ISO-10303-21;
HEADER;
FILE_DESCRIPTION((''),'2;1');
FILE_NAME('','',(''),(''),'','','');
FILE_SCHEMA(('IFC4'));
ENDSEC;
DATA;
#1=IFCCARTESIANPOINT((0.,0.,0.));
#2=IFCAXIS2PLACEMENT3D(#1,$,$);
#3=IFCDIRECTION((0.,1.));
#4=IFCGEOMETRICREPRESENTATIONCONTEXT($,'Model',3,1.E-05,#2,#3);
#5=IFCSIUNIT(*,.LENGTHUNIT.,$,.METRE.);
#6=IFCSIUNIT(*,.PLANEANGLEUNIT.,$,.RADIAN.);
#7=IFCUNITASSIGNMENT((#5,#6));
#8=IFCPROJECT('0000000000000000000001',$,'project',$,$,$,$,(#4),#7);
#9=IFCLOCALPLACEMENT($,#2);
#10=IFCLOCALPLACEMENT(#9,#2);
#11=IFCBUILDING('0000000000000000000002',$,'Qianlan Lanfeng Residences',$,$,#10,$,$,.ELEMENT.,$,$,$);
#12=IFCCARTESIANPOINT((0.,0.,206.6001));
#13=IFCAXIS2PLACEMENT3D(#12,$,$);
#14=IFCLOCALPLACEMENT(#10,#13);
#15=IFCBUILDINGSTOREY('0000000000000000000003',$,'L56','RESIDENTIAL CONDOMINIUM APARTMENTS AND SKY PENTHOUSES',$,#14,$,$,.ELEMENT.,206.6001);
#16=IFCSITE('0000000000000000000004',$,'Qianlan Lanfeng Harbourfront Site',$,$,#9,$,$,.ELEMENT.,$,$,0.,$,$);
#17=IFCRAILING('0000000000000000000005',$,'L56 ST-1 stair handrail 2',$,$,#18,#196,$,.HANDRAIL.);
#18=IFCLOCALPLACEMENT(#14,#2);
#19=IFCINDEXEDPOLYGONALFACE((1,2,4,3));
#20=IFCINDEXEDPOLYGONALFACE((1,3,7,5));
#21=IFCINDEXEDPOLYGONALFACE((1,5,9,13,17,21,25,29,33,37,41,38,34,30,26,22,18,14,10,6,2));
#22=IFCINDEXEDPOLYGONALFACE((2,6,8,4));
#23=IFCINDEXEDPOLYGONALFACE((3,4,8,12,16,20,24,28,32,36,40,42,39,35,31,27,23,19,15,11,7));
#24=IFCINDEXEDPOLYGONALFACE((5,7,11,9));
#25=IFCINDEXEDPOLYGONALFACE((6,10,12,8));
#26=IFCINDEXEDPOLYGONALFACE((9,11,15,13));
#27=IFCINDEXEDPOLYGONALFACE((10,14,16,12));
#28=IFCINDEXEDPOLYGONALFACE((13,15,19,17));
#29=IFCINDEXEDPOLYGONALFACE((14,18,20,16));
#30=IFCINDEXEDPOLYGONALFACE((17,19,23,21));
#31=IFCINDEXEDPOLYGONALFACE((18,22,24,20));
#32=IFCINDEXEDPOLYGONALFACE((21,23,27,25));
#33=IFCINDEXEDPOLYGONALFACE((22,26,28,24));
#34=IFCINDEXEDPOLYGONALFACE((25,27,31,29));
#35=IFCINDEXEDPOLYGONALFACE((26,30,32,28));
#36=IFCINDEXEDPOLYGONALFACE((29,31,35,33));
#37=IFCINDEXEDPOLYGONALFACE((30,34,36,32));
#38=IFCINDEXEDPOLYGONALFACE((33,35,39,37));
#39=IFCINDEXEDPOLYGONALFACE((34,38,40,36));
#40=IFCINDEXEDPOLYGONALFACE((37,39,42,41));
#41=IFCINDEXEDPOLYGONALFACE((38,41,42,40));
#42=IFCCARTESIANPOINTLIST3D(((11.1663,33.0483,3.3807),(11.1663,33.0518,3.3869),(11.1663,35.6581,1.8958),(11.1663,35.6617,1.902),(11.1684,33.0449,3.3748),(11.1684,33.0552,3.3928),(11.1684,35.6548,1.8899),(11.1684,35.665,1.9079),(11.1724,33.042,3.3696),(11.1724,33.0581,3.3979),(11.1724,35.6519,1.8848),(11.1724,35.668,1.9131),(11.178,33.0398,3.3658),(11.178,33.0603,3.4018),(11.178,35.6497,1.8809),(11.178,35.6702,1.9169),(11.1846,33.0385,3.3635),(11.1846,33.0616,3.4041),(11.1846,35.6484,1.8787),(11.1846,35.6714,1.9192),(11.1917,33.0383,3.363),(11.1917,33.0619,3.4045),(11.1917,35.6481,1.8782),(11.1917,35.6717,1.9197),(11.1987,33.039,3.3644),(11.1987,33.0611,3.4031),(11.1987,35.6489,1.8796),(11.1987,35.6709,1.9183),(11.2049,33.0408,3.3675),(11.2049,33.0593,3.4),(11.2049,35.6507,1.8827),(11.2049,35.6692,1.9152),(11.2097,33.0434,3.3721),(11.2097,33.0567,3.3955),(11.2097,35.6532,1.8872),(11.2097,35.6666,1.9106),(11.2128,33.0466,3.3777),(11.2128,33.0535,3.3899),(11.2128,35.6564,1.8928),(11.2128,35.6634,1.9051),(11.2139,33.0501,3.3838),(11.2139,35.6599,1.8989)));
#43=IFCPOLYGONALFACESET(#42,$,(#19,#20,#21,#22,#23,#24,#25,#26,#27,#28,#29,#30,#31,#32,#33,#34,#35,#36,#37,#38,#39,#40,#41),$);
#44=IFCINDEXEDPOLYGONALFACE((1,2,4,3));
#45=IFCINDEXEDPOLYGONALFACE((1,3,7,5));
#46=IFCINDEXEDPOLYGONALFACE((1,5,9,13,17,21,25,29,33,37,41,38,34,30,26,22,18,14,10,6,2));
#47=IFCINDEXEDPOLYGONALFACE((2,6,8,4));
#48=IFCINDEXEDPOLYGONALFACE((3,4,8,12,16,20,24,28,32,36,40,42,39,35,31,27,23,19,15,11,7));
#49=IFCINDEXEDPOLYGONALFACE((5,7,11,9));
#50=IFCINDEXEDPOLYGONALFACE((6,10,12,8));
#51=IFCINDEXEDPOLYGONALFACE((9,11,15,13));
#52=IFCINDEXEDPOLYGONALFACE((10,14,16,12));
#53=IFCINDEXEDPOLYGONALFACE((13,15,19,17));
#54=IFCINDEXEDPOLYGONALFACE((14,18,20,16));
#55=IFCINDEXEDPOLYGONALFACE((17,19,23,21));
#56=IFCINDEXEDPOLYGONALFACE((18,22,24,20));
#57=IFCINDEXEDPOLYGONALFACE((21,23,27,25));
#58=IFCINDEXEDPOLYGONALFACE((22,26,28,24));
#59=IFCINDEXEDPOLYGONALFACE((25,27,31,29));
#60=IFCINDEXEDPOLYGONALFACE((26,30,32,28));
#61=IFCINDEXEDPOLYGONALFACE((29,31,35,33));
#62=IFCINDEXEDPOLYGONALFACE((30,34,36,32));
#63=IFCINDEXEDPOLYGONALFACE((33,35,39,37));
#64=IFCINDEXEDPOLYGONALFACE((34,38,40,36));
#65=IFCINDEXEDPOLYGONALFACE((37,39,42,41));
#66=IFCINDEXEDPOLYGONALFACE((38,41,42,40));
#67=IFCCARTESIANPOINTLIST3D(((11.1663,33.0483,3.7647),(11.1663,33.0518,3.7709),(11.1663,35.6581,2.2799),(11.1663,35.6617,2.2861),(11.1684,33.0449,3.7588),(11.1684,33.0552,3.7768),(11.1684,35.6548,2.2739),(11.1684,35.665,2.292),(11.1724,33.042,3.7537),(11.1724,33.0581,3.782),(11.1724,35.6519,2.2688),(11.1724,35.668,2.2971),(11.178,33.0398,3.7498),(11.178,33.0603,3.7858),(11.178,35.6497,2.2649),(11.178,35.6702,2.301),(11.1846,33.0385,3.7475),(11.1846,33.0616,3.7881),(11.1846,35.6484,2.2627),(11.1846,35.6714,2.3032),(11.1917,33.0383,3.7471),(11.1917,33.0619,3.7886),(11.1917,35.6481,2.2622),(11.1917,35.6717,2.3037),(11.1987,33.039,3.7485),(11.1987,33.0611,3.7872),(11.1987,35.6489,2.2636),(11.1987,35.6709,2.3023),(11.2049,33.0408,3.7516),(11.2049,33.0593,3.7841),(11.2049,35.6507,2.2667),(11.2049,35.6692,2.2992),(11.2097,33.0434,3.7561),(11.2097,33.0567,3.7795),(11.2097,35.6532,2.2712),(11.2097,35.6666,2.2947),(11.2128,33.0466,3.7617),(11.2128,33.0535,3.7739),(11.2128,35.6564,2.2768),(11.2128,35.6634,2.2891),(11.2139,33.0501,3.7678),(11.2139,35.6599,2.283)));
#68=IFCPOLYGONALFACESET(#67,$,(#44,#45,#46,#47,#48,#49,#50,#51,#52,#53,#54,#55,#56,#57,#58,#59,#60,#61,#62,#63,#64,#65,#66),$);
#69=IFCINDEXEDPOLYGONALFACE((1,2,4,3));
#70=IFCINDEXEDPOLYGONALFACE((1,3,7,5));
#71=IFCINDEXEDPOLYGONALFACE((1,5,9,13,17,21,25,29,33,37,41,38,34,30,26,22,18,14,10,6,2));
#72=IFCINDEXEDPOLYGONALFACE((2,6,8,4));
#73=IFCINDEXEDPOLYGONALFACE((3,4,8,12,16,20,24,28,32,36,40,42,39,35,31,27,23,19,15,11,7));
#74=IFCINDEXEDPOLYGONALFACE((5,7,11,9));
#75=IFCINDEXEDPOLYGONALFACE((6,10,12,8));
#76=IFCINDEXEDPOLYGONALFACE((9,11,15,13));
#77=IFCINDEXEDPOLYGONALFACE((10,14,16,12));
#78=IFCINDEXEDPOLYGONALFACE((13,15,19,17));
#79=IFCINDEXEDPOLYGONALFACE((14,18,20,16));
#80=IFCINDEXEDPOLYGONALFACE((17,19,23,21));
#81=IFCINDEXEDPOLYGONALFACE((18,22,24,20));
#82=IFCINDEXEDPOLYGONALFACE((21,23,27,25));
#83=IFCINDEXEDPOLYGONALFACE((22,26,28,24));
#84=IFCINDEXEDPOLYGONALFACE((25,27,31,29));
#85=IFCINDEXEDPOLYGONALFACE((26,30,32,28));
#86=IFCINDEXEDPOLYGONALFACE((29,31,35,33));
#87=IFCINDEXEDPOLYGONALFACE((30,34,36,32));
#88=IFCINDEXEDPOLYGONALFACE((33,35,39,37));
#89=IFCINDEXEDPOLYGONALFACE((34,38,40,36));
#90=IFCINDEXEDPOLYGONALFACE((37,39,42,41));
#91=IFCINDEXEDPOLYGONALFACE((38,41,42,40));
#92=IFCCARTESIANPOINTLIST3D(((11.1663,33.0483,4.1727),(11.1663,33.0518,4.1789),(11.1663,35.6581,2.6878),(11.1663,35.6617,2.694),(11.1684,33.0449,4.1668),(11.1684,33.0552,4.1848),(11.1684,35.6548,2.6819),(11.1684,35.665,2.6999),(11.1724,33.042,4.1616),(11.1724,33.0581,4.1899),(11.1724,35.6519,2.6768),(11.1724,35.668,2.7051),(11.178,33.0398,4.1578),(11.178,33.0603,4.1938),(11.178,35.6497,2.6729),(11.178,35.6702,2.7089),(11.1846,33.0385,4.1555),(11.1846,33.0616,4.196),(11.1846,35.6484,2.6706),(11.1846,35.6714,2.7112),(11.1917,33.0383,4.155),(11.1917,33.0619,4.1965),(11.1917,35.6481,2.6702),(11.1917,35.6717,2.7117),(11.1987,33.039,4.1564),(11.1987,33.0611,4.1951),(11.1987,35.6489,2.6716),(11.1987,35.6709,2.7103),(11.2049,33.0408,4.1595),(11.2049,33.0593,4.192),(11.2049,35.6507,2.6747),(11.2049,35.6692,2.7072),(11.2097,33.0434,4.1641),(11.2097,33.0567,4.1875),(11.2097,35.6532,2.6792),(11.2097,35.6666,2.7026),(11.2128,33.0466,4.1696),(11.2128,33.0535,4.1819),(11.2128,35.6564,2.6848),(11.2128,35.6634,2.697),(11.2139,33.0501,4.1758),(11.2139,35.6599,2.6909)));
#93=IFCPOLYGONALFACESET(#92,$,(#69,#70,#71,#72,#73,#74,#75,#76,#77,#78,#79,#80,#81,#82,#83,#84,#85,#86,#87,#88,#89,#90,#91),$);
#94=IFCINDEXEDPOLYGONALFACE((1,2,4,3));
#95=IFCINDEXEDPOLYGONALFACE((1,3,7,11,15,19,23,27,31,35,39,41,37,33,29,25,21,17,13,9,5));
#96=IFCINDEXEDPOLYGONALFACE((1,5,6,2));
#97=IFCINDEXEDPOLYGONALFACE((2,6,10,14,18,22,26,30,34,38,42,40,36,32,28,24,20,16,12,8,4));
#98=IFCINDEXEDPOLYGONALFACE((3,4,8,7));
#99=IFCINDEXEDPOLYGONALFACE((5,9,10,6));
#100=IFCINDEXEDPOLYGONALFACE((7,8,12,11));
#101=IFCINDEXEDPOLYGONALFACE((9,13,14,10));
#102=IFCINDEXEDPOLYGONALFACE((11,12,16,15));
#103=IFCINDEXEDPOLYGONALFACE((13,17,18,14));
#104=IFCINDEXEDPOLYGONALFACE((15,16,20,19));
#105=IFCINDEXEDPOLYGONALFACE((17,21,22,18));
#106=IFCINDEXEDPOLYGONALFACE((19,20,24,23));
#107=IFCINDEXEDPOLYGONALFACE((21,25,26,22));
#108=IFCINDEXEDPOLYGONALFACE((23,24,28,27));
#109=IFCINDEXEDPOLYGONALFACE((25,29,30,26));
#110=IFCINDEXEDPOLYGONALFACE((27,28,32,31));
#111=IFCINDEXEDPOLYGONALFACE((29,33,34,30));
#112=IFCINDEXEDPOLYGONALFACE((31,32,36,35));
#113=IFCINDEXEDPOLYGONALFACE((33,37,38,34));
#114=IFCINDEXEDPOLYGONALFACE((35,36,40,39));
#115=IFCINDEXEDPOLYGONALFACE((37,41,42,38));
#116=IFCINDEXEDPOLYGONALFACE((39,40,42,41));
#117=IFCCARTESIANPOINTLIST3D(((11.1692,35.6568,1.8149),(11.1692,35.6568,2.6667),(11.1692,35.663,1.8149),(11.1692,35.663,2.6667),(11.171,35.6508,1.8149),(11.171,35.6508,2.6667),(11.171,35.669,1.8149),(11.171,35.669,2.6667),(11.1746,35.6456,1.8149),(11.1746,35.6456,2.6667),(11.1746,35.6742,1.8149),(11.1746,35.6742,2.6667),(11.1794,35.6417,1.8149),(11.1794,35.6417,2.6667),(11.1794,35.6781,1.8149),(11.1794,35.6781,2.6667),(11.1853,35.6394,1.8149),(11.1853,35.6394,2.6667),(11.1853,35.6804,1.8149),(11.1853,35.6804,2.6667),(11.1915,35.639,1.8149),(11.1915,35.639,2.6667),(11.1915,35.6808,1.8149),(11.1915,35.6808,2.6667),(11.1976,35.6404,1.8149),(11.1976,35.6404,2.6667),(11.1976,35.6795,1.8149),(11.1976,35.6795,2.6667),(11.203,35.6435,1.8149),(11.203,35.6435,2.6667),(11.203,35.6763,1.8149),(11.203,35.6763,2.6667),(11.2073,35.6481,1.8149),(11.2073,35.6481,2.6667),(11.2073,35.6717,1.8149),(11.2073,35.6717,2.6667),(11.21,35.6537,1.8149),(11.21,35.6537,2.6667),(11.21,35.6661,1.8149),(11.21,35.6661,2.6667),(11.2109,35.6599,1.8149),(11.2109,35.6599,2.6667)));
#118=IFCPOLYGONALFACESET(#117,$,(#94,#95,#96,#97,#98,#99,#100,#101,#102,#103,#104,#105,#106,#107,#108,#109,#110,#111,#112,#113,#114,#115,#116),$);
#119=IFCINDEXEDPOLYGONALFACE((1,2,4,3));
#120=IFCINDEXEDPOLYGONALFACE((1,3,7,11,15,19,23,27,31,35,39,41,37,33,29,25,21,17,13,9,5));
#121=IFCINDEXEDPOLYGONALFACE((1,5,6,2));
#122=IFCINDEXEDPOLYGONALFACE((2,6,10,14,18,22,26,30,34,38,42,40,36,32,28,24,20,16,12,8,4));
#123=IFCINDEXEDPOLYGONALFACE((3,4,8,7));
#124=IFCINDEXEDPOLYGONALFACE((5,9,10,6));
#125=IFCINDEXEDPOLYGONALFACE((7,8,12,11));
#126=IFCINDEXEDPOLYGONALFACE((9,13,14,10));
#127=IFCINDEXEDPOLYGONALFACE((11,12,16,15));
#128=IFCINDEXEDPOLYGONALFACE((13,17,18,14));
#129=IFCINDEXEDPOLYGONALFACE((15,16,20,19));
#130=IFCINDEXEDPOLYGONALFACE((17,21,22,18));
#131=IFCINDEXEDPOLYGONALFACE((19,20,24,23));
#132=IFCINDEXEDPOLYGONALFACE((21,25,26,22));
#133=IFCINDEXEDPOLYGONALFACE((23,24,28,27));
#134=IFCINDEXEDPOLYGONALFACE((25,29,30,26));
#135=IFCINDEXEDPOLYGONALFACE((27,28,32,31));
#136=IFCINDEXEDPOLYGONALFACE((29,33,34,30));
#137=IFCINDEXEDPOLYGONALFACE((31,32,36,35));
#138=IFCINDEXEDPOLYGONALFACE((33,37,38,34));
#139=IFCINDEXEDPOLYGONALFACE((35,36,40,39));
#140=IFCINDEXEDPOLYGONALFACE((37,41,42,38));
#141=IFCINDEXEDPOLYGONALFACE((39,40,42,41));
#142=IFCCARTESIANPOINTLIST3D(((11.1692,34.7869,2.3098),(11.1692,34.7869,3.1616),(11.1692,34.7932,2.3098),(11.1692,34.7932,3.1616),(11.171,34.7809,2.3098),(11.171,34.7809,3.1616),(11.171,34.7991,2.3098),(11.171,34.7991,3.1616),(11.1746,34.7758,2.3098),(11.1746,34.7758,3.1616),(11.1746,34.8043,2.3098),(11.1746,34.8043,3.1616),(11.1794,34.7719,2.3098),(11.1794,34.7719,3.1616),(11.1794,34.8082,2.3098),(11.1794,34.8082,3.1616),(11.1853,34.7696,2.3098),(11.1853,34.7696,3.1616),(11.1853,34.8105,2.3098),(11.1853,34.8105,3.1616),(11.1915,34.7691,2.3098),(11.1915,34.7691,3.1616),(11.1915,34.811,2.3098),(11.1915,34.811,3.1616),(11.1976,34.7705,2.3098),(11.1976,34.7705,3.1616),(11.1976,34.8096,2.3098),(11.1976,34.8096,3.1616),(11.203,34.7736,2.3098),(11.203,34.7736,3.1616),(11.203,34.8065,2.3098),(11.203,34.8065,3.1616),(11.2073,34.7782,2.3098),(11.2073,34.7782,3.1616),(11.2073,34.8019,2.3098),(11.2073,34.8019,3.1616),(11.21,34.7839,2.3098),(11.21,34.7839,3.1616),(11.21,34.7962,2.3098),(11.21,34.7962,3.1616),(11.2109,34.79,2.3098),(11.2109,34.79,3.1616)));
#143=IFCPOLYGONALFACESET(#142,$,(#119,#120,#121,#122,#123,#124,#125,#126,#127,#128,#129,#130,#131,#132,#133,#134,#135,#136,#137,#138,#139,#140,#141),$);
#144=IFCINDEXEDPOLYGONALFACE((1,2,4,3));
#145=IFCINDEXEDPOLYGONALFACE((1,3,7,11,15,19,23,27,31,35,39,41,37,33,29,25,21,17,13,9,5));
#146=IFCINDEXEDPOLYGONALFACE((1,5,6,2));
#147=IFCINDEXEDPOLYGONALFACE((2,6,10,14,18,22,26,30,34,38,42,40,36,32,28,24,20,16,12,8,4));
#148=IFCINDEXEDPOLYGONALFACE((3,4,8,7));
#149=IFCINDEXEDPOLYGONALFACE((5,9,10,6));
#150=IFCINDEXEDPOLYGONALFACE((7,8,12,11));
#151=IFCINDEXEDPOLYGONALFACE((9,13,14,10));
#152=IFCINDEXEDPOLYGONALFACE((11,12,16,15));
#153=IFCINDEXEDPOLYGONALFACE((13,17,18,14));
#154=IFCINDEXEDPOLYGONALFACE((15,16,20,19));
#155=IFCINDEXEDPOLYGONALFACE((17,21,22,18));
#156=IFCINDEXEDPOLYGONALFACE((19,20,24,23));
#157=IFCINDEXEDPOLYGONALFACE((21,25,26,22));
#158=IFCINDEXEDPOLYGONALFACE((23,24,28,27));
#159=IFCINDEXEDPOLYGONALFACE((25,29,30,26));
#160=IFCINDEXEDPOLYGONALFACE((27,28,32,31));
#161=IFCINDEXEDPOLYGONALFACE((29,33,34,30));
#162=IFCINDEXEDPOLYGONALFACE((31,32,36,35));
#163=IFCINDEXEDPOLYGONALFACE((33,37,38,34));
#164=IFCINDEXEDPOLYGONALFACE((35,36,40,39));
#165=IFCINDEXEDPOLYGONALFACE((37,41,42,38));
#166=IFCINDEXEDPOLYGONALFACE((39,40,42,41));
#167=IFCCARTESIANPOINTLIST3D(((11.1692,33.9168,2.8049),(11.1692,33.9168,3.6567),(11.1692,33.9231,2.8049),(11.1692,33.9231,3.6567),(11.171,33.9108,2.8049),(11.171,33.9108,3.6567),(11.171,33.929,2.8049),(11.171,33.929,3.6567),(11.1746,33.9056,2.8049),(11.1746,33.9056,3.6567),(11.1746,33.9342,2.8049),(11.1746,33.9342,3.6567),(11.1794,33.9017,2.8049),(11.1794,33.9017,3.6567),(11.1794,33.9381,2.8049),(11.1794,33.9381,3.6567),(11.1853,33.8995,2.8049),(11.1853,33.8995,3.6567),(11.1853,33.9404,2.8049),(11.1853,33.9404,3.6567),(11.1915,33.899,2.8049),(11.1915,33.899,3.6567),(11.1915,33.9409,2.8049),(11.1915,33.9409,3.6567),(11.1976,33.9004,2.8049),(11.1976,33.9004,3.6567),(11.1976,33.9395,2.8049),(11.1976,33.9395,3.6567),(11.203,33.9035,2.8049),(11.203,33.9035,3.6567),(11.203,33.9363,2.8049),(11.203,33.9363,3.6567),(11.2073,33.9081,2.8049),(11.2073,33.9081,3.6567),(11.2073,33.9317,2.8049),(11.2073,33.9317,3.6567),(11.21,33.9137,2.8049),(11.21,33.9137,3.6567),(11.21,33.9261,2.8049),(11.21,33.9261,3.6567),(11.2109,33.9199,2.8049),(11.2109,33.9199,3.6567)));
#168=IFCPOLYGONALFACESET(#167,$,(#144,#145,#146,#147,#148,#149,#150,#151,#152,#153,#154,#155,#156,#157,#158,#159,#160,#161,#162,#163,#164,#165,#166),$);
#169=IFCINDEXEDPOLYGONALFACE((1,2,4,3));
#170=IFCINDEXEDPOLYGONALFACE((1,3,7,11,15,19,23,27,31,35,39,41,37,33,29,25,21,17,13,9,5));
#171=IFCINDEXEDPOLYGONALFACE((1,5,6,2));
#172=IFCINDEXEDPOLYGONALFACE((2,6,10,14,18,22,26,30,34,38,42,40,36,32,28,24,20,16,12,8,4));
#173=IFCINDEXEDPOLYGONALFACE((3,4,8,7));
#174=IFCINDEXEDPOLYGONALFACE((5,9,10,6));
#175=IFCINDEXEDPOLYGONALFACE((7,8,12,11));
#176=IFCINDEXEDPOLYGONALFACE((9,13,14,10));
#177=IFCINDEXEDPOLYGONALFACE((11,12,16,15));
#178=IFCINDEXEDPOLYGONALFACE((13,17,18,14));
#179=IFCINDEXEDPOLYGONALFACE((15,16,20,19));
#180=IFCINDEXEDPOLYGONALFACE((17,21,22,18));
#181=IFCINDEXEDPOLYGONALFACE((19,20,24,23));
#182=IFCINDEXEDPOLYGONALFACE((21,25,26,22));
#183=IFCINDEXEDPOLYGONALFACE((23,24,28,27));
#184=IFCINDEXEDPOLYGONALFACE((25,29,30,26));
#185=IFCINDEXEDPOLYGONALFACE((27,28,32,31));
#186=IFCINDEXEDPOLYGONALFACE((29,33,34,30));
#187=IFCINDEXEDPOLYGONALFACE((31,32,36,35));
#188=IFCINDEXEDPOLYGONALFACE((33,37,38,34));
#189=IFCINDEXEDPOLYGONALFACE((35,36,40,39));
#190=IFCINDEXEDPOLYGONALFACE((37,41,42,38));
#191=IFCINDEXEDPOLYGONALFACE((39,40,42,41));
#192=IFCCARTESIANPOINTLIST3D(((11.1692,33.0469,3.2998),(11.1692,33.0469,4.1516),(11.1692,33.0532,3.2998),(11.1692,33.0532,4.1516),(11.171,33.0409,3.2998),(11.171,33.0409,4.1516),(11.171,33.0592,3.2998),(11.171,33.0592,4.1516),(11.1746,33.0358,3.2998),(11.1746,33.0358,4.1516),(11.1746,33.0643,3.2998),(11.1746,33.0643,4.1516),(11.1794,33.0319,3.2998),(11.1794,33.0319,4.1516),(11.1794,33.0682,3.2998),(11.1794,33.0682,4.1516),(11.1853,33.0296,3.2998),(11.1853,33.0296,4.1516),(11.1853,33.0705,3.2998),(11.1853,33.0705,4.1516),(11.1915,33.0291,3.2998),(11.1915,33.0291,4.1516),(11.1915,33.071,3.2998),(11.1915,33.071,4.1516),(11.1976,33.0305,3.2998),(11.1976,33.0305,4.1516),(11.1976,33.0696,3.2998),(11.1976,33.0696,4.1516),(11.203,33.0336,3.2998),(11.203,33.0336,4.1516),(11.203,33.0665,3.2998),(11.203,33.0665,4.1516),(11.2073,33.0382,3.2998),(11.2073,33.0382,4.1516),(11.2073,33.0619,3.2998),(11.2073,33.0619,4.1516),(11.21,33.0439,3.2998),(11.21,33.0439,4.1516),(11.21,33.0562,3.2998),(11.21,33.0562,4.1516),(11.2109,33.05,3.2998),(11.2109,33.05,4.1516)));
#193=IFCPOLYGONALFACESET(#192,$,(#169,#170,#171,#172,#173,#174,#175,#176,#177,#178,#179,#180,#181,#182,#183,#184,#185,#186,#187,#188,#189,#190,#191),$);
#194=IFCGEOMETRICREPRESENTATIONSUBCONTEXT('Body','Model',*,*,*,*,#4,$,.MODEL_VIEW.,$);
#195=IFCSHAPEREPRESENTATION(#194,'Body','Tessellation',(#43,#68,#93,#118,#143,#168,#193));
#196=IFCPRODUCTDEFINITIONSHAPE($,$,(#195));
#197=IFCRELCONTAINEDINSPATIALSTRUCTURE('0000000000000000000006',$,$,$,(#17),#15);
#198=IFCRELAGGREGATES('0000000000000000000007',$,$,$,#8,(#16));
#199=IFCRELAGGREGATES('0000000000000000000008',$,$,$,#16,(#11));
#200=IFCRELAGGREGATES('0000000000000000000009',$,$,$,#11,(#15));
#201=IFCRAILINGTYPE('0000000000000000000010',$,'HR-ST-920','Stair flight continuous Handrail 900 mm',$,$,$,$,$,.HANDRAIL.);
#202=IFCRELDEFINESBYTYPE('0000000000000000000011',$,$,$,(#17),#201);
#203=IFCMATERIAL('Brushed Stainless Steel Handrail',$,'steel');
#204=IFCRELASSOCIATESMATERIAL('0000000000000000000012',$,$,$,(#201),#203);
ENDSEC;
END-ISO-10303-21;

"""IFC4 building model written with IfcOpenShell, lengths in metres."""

from ifc_helpers import new_model, si_unit, direction, frame, origin, origin_2d, place, context, subcontext, project, spatial, circle, extrude, material, type_object, element, save


model = new_model("IFC4")

# Units and contexts
model_context = context("Model", 3, precision=1e-05, world=origin(), true_north=direction((0.0, 1.0)))
body_context = subcontext(model_context, "Body", "Model", "MODEL_VIEW")
ifc_project = project(units=[si_unit("LENGTHUNIT", "METRE"), si_unit("PLANEANGLEUNIT", "RADIAN")], contexts=[model_context])

# Site, building, storey
site_placement = place(None, origin())
site = spatial("IfcSite", under=ifc_project, at=site_placement, Name="Qianlan Lanfeng Harbourfront Site", CompositionType="ELEMENT", RefElevation=0.0)
building_placement = place(site_placement, origin())
building = spatial("IfcBuilding", under=site, at=building_placement, Name="Qianlan Lanfeng Residences", CompositionType="ELEMENT")
storey_placement = place(building_placement, frame((0.0, 0.0, 206.6001)))
storey = spatial("IfcBuildingStorey", under=building, at=storey_placement, Name="L56", Description="RESIDENTIAL CONDOMINIUM APARTMENTS AND SKY PENTHOUSES", CompositionType="ELEMENT", Elevation=206.6001)

# Railing
ifc_material_1 = material(Name="Brushed Stainless Steel Handrail", Category="steel")
railing_type_1 = type_object("IfcRailingType", Name="HR-ST-920", Description="Stair flight continuous Handrail 900 mm", PredefinedType="HANDRAIL", material=ifc_material_1)
railing_1_placement = place(storey_placement, frame((11.1899, 35.6599, 1.8149)))
element("IfcRailing", 1, at=railing_1_placement, inside=storey, type_object=railing_type_1, Name="L56 ST-1 stair handrail 2", PredefinedType="HANDRAIL", context=body_context, shape_type="SweptSolid", body=[
    extrude(circle(Radius=0.0239, at=origin_2d()), frame((0.0, 0.0, 0.084), z_axis=(0.0, -0.869172, 0.494509), x_axis=(1.0, 0.0, 0.0)), (0.0, 0.0, 1.0), 3.0027),
    extrude(circle(Radius=0.0239, at=origin_2d()), frame((0.0, 0.0, 0.468), z_axis=(0.0, -0.869172, 0.494509), x_axis=(1.0, 0.0, 0.0)), (0.0, 0.0, 1.0), 3.0027),
    extrude(circle(Radius=0.0239, at=origin_2d()), frame((0.0, 0.0, 0.876), z_axis=(0.0, -0.869172, 0.494509), x_axis=(1.0, 0.0, 0.0)), (0.0, 0.0, 1.0), 3.0027),
    extrude(circle(Radius=0.021, at=origin_2d()), origin(), (0.0, 0.0, 1.0), 0.8518),
    extrude(circle(Radius=0.021, at=origin_2d()), frame((0.0, -0.8699, 0.4949)), (0.0, 0.0, 1.0), 0.8518),
    extrude(circle(Radius=0.021, at=origin_2d()), frame((0.0, -1.74, 0.99)), (0.0, 0.0, 1.0), 0.8518),
    extrude(circle(Radius=0.021, at=origin_2d()), frame((0.0, -2.6099, 1.4849)), (0.0, 0.0, 1.0), 0.8518),
])

save(model, "model.ifc")
